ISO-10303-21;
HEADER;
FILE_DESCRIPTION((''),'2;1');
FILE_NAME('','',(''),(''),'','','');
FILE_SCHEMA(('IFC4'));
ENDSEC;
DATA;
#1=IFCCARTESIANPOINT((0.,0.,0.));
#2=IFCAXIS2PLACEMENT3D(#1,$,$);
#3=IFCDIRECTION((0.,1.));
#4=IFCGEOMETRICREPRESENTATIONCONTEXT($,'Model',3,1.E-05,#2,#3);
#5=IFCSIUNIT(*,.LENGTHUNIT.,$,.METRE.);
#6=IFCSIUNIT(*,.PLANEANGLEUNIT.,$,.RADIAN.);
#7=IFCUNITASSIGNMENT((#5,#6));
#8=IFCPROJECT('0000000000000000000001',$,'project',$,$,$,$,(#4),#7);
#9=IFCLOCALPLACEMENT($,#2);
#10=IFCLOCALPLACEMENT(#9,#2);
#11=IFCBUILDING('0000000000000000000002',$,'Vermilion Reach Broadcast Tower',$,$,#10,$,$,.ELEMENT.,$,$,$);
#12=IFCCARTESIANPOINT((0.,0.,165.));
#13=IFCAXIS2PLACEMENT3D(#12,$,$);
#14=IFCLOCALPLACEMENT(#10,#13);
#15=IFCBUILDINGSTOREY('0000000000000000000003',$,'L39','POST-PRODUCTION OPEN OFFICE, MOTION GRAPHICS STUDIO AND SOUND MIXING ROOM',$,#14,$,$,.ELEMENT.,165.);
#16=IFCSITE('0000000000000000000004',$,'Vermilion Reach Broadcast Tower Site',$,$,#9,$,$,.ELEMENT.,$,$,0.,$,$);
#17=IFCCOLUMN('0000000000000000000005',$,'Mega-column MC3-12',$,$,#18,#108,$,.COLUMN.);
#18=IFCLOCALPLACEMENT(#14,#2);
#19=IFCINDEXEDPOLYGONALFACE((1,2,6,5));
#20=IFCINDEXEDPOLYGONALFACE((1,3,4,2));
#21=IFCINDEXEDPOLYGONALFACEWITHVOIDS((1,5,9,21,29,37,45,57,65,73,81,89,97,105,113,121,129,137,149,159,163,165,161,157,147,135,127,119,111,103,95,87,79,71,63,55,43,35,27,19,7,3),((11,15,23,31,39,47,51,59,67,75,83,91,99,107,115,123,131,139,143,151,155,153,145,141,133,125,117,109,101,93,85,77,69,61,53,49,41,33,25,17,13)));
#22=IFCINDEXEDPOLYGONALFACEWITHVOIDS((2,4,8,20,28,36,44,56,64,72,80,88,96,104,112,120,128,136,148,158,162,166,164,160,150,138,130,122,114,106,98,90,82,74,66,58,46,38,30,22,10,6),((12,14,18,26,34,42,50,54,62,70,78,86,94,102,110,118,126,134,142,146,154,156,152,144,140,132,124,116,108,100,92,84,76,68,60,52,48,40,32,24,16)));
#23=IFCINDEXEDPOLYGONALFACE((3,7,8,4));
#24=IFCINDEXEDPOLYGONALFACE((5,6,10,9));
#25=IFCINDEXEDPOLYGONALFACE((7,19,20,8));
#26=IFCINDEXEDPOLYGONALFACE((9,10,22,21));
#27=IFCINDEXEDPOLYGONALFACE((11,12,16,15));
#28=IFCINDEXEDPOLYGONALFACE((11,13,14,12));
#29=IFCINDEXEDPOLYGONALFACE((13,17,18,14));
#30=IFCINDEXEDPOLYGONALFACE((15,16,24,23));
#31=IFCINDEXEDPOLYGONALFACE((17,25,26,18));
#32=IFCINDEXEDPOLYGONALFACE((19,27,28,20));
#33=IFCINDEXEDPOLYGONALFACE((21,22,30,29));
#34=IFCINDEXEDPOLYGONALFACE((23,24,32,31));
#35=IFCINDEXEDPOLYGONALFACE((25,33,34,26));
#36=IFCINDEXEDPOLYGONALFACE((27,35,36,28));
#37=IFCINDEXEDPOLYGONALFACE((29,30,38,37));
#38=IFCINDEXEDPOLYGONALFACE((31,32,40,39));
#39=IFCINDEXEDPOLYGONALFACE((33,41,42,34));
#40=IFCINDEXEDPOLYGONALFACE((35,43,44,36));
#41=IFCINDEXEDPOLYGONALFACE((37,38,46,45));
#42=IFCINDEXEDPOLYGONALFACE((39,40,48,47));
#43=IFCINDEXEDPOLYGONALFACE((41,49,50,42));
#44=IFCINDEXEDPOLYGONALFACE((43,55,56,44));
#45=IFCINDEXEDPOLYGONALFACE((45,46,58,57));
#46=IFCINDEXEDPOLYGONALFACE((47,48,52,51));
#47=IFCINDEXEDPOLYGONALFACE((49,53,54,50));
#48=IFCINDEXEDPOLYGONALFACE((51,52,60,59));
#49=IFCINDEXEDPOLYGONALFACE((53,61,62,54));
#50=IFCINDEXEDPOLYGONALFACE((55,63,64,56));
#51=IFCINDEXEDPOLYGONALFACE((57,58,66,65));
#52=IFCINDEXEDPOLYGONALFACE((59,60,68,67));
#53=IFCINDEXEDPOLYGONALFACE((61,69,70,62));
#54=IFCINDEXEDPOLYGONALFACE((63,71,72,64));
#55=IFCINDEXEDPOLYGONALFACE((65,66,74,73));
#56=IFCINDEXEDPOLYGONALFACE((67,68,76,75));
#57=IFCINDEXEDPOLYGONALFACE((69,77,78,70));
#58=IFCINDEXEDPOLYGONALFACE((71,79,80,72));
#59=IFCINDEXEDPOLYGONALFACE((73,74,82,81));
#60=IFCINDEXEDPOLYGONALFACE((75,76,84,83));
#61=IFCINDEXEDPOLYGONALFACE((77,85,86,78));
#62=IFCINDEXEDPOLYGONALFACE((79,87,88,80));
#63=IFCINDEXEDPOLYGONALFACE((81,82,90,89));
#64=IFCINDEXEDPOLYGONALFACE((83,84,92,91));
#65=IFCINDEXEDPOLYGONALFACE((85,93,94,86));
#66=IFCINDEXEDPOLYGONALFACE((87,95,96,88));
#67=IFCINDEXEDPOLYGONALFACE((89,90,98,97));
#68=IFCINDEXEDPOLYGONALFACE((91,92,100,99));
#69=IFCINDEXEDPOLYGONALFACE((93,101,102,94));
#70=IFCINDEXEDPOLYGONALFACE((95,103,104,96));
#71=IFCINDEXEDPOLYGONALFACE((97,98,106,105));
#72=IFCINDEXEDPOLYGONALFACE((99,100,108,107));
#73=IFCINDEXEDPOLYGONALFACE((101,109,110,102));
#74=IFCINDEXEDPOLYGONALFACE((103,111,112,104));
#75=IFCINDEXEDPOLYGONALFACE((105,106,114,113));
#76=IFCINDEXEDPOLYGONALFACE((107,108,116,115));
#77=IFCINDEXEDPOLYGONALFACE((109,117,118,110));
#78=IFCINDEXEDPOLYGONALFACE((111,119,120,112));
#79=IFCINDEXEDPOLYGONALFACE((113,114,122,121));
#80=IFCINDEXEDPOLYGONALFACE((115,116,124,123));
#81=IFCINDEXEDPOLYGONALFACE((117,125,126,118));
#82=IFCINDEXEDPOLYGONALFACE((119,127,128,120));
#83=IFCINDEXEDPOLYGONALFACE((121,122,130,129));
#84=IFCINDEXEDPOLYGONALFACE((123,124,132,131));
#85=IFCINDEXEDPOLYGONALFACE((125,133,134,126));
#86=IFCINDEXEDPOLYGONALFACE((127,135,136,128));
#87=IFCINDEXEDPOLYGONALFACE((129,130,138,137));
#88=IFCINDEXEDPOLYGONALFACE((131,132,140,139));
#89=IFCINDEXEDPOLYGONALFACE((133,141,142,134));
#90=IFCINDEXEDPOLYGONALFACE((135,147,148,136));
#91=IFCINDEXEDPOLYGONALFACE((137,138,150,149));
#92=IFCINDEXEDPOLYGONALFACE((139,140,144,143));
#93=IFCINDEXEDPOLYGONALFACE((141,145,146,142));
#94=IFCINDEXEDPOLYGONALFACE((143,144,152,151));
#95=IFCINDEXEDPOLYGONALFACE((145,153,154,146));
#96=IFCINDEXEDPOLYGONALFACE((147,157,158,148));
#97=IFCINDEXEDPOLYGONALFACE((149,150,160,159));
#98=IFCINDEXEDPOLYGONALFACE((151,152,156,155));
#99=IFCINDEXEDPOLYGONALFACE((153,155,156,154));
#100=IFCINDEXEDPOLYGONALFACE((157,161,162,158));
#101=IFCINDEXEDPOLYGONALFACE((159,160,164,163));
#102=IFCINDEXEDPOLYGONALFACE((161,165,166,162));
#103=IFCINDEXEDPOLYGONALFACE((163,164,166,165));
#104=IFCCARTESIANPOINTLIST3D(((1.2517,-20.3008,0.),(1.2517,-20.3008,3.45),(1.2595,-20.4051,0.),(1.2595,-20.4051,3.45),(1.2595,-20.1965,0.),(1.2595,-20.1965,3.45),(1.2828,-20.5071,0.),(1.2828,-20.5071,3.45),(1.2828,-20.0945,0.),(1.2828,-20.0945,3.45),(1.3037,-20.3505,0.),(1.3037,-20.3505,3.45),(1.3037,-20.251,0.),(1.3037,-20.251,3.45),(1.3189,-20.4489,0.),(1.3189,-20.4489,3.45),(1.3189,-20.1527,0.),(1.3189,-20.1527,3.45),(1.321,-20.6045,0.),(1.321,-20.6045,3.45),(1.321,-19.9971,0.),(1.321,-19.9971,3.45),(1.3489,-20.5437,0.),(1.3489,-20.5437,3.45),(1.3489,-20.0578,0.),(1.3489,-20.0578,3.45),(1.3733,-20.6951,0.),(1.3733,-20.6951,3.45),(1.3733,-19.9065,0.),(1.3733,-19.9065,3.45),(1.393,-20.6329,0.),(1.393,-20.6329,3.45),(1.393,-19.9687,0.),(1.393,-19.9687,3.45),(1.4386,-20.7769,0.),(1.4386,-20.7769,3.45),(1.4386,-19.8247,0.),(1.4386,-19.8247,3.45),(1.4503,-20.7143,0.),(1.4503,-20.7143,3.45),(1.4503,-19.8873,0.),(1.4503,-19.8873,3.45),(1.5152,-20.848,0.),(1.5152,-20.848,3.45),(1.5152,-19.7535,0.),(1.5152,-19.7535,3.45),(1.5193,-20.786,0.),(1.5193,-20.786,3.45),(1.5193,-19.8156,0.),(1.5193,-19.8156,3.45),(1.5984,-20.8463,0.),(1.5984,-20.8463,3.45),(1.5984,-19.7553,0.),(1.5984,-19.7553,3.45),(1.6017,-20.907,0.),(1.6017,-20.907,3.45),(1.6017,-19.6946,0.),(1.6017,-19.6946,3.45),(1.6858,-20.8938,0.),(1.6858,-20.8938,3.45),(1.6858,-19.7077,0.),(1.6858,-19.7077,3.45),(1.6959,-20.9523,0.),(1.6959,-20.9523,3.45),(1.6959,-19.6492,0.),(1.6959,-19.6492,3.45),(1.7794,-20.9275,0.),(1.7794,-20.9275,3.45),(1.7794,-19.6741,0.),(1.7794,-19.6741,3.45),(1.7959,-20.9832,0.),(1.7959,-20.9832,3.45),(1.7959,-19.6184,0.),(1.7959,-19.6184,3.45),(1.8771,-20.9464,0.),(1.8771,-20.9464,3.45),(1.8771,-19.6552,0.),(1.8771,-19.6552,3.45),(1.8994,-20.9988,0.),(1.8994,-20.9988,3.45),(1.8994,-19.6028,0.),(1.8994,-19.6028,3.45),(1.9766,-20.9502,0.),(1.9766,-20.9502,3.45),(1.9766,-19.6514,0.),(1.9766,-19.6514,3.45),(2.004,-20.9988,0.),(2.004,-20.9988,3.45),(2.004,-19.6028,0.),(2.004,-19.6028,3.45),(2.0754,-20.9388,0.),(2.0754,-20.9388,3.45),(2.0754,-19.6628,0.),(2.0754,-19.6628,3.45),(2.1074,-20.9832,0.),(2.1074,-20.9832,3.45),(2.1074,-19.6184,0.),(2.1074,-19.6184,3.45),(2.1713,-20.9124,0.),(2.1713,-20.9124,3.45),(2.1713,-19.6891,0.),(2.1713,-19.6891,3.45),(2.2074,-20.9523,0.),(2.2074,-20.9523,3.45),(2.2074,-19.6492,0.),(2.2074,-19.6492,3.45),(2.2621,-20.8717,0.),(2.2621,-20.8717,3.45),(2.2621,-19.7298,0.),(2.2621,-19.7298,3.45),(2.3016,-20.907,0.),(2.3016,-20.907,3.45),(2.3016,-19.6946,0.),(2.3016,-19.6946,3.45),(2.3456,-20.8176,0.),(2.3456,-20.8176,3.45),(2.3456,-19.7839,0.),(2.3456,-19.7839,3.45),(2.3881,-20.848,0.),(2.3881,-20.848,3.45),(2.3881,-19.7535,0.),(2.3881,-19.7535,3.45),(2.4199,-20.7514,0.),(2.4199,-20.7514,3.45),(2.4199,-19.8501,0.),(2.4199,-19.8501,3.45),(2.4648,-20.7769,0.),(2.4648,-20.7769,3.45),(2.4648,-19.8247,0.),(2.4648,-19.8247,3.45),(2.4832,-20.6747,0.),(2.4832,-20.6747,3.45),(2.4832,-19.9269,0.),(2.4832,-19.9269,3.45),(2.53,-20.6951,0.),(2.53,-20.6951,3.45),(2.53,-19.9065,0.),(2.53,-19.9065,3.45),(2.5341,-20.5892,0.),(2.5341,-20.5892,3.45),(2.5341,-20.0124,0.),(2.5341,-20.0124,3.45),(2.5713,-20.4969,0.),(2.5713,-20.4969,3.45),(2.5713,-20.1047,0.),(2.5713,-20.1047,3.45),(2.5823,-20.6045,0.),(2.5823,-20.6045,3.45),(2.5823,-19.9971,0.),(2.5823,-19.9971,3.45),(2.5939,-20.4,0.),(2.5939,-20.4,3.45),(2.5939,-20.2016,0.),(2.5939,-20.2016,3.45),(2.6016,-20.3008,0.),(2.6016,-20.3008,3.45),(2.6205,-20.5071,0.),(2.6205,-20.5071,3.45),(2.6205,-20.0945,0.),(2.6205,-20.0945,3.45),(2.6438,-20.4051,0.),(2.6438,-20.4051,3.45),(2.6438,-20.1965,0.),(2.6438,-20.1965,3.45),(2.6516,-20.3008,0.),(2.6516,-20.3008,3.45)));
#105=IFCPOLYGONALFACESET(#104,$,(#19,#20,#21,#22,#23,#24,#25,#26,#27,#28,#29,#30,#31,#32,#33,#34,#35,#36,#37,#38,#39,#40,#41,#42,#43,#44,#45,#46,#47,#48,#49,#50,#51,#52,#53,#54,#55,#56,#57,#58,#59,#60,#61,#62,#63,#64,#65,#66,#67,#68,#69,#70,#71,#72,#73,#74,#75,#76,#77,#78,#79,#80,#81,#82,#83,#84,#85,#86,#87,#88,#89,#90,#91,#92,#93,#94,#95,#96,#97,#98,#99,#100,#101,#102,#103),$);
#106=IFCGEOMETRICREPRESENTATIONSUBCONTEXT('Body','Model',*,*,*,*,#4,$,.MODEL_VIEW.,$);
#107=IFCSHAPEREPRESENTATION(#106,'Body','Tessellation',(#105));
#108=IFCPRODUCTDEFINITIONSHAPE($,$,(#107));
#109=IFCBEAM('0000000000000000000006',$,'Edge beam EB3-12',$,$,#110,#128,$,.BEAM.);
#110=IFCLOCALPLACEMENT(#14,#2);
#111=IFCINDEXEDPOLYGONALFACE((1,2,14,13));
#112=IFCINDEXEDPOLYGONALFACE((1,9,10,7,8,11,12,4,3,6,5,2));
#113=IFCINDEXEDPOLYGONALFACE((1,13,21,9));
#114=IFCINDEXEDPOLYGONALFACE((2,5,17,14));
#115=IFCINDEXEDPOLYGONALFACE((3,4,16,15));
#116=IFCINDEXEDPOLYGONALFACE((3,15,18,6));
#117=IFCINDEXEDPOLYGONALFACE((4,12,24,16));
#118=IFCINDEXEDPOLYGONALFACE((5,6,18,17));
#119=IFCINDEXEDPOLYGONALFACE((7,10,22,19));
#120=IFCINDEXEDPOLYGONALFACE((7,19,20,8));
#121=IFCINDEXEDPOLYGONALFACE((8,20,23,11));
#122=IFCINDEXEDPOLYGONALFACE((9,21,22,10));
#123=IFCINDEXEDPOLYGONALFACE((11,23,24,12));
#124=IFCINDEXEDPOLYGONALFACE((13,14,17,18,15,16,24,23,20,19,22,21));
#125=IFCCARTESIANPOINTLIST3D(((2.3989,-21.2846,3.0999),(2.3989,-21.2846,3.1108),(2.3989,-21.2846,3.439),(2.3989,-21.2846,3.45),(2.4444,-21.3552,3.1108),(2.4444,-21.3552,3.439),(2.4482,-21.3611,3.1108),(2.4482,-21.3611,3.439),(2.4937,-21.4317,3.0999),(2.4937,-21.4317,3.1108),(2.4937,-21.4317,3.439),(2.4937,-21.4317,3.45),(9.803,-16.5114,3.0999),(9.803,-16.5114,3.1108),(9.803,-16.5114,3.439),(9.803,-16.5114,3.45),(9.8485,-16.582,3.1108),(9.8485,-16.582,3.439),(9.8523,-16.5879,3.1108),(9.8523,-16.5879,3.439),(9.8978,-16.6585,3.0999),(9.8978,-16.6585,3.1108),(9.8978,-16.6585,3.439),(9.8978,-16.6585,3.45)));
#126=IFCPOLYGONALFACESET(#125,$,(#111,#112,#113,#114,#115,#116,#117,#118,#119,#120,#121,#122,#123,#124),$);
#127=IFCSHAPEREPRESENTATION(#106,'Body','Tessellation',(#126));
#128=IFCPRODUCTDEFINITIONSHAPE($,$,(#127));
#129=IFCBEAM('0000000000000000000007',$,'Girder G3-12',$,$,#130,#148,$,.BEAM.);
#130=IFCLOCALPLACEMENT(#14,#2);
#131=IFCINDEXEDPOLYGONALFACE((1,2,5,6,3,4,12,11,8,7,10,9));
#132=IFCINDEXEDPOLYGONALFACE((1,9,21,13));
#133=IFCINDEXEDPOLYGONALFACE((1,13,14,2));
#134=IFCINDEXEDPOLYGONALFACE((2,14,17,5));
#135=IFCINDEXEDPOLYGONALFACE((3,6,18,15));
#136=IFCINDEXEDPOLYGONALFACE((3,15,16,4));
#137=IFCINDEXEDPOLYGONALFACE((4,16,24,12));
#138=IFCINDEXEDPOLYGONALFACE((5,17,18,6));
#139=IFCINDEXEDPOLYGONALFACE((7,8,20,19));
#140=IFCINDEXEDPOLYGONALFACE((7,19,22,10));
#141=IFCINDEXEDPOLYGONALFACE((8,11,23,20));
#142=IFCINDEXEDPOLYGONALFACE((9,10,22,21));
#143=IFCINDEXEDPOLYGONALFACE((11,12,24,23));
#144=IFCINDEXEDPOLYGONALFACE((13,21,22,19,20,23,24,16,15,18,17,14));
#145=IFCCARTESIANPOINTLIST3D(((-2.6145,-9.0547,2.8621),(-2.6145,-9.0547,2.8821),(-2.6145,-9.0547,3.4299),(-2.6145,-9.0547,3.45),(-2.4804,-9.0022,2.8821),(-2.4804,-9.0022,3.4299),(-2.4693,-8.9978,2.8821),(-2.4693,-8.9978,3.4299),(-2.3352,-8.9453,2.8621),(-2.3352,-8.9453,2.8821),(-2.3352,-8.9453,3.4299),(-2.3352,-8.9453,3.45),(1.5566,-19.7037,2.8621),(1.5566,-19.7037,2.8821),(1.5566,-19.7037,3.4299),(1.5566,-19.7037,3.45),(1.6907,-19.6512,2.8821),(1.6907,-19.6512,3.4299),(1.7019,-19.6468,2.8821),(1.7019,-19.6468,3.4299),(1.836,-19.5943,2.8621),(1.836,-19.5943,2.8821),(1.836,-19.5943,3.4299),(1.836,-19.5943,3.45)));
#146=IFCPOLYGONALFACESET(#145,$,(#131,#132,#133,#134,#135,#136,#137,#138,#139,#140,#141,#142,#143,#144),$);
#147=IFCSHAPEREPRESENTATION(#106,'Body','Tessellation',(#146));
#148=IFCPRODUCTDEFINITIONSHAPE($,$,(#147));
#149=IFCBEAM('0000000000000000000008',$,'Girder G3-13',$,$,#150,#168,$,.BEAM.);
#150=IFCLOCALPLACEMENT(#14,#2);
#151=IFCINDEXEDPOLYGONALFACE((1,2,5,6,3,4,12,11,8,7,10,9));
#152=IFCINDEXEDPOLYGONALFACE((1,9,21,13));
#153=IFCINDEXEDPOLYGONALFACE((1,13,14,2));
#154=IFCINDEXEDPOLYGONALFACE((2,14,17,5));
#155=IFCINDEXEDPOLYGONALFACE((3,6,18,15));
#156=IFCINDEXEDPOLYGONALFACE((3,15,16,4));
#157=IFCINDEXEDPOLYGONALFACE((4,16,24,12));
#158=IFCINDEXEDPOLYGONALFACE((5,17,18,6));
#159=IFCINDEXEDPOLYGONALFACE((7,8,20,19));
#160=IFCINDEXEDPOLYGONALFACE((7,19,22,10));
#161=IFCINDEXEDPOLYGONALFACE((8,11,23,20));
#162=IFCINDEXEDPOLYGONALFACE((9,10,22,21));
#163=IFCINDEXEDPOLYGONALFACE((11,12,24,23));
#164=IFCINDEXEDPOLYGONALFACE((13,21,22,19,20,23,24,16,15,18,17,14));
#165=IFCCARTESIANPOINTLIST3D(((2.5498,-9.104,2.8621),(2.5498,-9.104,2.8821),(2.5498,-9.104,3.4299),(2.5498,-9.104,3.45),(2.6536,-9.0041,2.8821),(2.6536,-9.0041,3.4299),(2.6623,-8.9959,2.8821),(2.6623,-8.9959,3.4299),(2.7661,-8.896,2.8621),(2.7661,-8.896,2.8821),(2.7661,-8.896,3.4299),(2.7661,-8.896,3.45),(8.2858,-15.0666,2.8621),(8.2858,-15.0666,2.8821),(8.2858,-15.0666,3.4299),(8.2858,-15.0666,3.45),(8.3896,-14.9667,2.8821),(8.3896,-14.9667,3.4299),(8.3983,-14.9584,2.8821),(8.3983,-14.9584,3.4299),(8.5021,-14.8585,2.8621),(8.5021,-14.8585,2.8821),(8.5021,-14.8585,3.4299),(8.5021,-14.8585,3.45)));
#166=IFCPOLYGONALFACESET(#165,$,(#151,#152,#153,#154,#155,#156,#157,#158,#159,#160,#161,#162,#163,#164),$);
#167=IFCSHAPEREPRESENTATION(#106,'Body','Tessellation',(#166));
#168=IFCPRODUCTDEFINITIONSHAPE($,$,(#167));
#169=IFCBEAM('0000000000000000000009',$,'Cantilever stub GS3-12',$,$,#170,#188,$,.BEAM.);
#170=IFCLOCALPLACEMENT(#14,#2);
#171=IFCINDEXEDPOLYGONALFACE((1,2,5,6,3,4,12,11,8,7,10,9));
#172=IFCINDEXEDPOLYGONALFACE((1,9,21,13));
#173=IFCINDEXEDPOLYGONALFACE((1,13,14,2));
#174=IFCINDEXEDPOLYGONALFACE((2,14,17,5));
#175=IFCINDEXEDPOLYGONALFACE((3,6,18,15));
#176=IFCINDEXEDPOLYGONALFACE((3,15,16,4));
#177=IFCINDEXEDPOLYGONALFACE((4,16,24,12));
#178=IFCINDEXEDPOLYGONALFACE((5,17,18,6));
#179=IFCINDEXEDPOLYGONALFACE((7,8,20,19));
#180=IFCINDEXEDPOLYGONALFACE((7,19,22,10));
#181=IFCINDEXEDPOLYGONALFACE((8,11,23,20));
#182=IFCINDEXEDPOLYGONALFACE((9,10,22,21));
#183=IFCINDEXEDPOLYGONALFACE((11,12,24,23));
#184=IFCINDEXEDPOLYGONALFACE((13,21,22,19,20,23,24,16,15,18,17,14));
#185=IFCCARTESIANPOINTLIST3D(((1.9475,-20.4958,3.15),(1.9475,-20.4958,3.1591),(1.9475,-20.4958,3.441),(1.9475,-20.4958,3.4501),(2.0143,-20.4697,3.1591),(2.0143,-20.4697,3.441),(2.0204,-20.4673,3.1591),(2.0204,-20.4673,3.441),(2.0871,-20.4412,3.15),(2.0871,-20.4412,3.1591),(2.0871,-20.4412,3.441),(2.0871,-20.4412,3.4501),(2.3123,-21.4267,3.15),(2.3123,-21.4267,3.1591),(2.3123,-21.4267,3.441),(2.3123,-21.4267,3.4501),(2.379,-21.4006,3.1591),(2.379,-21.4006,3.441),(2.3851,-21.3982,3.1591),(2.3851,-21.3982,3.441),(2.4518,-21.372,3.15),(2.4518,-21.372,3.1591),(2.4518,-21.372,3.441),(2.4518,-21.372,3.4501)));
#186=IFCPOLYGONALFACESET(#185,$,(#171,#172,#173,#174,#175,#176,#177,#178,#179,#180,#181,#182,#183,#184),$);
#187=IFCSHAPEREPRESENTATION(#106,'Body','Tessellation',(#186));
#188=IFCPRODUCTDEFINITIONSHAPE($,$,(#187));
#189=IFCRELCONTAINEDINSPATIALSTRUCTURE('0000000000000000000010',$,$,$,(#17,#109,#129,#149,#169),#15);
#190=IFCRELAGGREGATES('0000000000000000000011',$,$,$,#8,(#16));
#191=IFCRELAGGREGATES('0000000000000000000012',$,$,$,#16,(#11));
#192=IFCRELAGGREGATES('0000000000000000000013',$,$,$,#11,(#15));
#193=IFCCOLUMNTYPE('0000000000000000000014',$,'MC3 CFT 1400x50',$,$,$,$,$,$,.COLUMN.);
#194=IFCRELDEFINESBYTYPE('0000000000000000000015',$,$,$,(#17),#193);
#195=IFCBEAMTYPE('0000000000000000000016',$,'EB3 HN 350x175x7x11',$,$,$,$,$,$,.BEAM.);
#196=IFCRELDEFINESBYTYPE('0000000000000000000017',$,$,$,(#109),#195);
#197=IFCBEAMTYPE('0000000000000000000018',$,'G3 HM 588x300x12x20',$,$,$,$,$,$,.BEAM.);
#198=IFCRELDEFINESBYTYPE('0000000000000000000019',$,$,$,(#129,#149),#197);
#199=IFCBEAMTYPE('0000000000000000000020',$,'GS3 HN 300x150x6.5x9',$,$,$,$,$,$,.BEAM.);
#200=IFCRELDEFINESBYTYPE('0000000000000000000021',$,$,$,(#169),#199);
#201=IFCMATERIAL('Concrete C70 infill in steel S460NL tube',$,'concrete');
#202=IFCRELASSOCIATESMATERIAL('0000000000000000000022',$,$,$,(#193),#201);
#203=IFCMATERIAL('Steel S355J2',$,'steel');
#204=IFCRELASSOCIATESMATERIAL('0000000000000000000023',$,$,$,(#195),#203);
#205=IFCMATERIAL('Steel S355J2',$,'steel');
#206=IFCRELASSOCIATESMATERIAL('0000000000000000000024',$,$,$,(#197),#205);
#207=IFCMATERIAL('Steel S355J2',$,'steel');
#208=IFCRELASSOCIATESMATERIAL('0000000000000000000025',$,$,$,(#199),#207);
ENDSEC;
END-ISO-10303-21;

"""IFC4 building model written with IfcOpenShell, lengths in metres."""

from ifc_helpers import new_model, si_unit, direction, frame, origin, origin_2d, place, context, subcontext, project, spatial, hollow_circle, i_section, extrude, material, material_profile, profile_set, type_object, element, save


model = new_model("IFC4")

# Units and contexts
model_context = context("Model", 3, precision=1e-05, world=origin(), true_north=direction((0.0, 1.0)))
body_context = subcontext(model_context, "Body", "Model", "MODEL_VIEW")
ifc_project = project(units=[si_unit("LENGTHUNIT", "METRE"), si_unit("PLANEANGLEUNIT", "RADIAN")], contexts=[model_context])

# Site, building, storey
site_placement = place(None, origin())
site = spatial("IfcSite", under=ifc_project, at=site_placement, Name="Vermilion Reach Broadcast Tower Site", CompositionType="ELEMENT", RefElevation=0.0)
building_placement = place(site_placement, origin())
building = spatial("IfcBuilding", under=site, at=building_placement, Name="Vermilion Reach Broadcast Tower", CompositionType="ELEMENT")
storey_placement = place(building_placement, frame((0.0, 0.0, 165.0)))
storey = spatial("IfcBuildingStorey", under=building, at=storey_placement, Name="L39", Description="POST-PRODUCTION OPEN OFFICE, MOTION GRAPHICS STUDIO AND SOUND MIXING ROOM", CompositionType="ELEMENT", Elevation=165.0)

# Column
ifc_material_1 = material(Name="Concrete C70 infill in steel S460NL tube", Category="concrete")
ifc_material_profile_1 = material_profile(ifc_material_1, hollow_circle(Radius=0.7, WallThickness=0.05, at=origin_2d()), Name="Concrete C70 infill in steel S460NL tube CFT 1400x50")
ifc_profile_set_1 = profile_set([ifc_material_profile_1], Name="Concrete C70 infill in steel S460NL tube")
column_type = type_object("IfcColumnType", Name="MC3 CFT 1400x50", PredefinedType="COLUMN", material=ifc_profile_set_1)
column_placement = place(storey_placement, frame((1.9517, -20.3008, 0.0), z_axis=(0.0, 0.0, 1.0), x_axis=(1.0, 0.0, 0.0)))
element("IfcColumn", 1, at=column_placement, inside=storey, type_object=column_type, Name="Mega-column MC3-12", PredefinedType="COLUMN", context=body_context, shape_type="SweptSolid", body=[
    extrude(hollow_circle(Radius=0.7, WallThickness=0.05, at=origin_2d()), origin(), (0.0, 0.0, 1.0), 3.45),
])

# Beams
ifc_material_2 = material(Name="Steel S355J2", Category="steel")
ifc_material_profile_2 = material_profile(ifc_material_2, i_section(OverallWidth=0.175, OverallDepth=0.3501, WebThickness=0.0071, FlangeThickness=0.011, at=origin_2d()), Name="S355J2 HN 350x175x7x11")
ifc_profile_set_2 = profile_set([ifc_material_profile_2], Name="Steel S355J2")
beam_type_1 = type_object("IfcBeamType", Name="EB3 HN 350x175x7x11", PredefinedType="BEAM", material=ifc_profile_set_2)
beam_1_placement = place(storey_placement, frame((2.4463, -21.3582, 3.2749), z_axis=(0.840484, 0.541837, 0.0), x_axis=(-0.541837, 0.840484, 0.0)))
element("IfcBeam", 2, at=beam_1_placement, inside=storey, type_object=beam_type_1, Name="Edge beam EB3-12", PredefinedType="BEAM", context=body_context, shape_type="SweptSolid", body=[
    extrude(i_section(OverallWidth=0.175, OverallDepth=0.3501, WebThickness=0.0071, FlangeThickness=0.011, at=origin_2d()), origin(), (0.0, 0.0, 1.0), 8.8093),
])
ifc_material_3 = material(Name="Steel S355J2", Category="steel")
ifc_material_profile_3 = material_profile(ifc_material_3, i_section(OverallWidth=0.3, OverallDepth=0.5879, WebThickness=0.012, FlangeThickness=0.02, at=origin_2d()), Name="S355J2 HM 588x300x12x20")
ifc_profile_set_3 = profile_set([ifc_material_profile_3], Name="Steel S355J2")
beam_type_2 = type_object("IfcBeamType", Name="G3 HM 588x300x12x20", PredefinedType="BEAM", material=ifc_profile_set_3)
beam_2_placement = place(storey_placement, frame((-2.4749, -9.0, 3.156), z_axis=(0.364716, -0.931119, 0.0), x_axis=(0.931119, 0.364716, 0.0)))
element("IfcBeam", 3, at=beam_2_placement, inside=storey, type_object=beam_type_2, Name="Girder G3-12", PredefinedType="BEAM", context=body_context, shape_type="SweptSolid", body=[
    extrude(i_section(OverallWidth=0.3, OverallDepth=0.5879, WebThickness=0.012, FlangeThickness=0.02, at=origin_2d()), origin(), (0.0, 0.0, 1.0), 11.4368),
])
beam_3_placement = place(storey_placement, frame((2.658, -9.0, 3.156), z_axis=(0.693283, -0.720666, 0.0), x_axis=(0.720666, 0.693283, 0.0)))
element("IfcBeam", 4, at=beam_3_placement, inside=storey, type_object=beam_type_2, Name="Girder G3-13", PredefinedType="BEAM", context=body_context, shape_type="SweptSolid", body=[
    extrude(i_section(OverallWidth=0.3, OverallDepth=0.5879, WebThickness=0.012, FlangeThickness=0.02, at=origin_2d()), origin(), (0.0, 0.0, 1.0), 8.2737),
])
ifc_material_4 = material(Name="Steel S355J2", Category="steel")
ifc_material_profile_4 = material_profile(ifc_material_4, i_section(OverallWidth=0.1499, OverallDepth=0.3, WebThickness=0.0066, FlangeThickness=0.009, at=origin_2d()), Name="S355J2 HN 300x150x6.5x9")
ifc_profile_set_4 = profile_set([ifc_material_profile_4], Name="Steel S355J2")
beam_type_3 = type_object("IfcBeamType", Name="GS3 HN 300x150x6.5x9", PredefinedType="BEAM", material=ifc_profile_set_4)
beam_4_placement = place(storey_placement, frame((2.0173, -20.4685, 3.3), z_axis=(0.364814, -0.931081, 0.0), x_axis=(0.931081, 0.364814, 0.0)))
element("IfcBeam", 5, at=beam_4_placement, inside=storey, type_object=beam_type_3, Name="Cantilever stub GS3-12", PredefinedType="BEAM", context=body_context, shape_type="SweptSolid", body=[
    extrude(i_section(OverallWidth=0.1499, OverallDepth=0.3, WebThickness=0.0066, FlangeThickness=0.009, at=origin_2d()), origin(), (0.0, 0.0, 1.0), 0.9998),
])

save(model, "model.ifc")
